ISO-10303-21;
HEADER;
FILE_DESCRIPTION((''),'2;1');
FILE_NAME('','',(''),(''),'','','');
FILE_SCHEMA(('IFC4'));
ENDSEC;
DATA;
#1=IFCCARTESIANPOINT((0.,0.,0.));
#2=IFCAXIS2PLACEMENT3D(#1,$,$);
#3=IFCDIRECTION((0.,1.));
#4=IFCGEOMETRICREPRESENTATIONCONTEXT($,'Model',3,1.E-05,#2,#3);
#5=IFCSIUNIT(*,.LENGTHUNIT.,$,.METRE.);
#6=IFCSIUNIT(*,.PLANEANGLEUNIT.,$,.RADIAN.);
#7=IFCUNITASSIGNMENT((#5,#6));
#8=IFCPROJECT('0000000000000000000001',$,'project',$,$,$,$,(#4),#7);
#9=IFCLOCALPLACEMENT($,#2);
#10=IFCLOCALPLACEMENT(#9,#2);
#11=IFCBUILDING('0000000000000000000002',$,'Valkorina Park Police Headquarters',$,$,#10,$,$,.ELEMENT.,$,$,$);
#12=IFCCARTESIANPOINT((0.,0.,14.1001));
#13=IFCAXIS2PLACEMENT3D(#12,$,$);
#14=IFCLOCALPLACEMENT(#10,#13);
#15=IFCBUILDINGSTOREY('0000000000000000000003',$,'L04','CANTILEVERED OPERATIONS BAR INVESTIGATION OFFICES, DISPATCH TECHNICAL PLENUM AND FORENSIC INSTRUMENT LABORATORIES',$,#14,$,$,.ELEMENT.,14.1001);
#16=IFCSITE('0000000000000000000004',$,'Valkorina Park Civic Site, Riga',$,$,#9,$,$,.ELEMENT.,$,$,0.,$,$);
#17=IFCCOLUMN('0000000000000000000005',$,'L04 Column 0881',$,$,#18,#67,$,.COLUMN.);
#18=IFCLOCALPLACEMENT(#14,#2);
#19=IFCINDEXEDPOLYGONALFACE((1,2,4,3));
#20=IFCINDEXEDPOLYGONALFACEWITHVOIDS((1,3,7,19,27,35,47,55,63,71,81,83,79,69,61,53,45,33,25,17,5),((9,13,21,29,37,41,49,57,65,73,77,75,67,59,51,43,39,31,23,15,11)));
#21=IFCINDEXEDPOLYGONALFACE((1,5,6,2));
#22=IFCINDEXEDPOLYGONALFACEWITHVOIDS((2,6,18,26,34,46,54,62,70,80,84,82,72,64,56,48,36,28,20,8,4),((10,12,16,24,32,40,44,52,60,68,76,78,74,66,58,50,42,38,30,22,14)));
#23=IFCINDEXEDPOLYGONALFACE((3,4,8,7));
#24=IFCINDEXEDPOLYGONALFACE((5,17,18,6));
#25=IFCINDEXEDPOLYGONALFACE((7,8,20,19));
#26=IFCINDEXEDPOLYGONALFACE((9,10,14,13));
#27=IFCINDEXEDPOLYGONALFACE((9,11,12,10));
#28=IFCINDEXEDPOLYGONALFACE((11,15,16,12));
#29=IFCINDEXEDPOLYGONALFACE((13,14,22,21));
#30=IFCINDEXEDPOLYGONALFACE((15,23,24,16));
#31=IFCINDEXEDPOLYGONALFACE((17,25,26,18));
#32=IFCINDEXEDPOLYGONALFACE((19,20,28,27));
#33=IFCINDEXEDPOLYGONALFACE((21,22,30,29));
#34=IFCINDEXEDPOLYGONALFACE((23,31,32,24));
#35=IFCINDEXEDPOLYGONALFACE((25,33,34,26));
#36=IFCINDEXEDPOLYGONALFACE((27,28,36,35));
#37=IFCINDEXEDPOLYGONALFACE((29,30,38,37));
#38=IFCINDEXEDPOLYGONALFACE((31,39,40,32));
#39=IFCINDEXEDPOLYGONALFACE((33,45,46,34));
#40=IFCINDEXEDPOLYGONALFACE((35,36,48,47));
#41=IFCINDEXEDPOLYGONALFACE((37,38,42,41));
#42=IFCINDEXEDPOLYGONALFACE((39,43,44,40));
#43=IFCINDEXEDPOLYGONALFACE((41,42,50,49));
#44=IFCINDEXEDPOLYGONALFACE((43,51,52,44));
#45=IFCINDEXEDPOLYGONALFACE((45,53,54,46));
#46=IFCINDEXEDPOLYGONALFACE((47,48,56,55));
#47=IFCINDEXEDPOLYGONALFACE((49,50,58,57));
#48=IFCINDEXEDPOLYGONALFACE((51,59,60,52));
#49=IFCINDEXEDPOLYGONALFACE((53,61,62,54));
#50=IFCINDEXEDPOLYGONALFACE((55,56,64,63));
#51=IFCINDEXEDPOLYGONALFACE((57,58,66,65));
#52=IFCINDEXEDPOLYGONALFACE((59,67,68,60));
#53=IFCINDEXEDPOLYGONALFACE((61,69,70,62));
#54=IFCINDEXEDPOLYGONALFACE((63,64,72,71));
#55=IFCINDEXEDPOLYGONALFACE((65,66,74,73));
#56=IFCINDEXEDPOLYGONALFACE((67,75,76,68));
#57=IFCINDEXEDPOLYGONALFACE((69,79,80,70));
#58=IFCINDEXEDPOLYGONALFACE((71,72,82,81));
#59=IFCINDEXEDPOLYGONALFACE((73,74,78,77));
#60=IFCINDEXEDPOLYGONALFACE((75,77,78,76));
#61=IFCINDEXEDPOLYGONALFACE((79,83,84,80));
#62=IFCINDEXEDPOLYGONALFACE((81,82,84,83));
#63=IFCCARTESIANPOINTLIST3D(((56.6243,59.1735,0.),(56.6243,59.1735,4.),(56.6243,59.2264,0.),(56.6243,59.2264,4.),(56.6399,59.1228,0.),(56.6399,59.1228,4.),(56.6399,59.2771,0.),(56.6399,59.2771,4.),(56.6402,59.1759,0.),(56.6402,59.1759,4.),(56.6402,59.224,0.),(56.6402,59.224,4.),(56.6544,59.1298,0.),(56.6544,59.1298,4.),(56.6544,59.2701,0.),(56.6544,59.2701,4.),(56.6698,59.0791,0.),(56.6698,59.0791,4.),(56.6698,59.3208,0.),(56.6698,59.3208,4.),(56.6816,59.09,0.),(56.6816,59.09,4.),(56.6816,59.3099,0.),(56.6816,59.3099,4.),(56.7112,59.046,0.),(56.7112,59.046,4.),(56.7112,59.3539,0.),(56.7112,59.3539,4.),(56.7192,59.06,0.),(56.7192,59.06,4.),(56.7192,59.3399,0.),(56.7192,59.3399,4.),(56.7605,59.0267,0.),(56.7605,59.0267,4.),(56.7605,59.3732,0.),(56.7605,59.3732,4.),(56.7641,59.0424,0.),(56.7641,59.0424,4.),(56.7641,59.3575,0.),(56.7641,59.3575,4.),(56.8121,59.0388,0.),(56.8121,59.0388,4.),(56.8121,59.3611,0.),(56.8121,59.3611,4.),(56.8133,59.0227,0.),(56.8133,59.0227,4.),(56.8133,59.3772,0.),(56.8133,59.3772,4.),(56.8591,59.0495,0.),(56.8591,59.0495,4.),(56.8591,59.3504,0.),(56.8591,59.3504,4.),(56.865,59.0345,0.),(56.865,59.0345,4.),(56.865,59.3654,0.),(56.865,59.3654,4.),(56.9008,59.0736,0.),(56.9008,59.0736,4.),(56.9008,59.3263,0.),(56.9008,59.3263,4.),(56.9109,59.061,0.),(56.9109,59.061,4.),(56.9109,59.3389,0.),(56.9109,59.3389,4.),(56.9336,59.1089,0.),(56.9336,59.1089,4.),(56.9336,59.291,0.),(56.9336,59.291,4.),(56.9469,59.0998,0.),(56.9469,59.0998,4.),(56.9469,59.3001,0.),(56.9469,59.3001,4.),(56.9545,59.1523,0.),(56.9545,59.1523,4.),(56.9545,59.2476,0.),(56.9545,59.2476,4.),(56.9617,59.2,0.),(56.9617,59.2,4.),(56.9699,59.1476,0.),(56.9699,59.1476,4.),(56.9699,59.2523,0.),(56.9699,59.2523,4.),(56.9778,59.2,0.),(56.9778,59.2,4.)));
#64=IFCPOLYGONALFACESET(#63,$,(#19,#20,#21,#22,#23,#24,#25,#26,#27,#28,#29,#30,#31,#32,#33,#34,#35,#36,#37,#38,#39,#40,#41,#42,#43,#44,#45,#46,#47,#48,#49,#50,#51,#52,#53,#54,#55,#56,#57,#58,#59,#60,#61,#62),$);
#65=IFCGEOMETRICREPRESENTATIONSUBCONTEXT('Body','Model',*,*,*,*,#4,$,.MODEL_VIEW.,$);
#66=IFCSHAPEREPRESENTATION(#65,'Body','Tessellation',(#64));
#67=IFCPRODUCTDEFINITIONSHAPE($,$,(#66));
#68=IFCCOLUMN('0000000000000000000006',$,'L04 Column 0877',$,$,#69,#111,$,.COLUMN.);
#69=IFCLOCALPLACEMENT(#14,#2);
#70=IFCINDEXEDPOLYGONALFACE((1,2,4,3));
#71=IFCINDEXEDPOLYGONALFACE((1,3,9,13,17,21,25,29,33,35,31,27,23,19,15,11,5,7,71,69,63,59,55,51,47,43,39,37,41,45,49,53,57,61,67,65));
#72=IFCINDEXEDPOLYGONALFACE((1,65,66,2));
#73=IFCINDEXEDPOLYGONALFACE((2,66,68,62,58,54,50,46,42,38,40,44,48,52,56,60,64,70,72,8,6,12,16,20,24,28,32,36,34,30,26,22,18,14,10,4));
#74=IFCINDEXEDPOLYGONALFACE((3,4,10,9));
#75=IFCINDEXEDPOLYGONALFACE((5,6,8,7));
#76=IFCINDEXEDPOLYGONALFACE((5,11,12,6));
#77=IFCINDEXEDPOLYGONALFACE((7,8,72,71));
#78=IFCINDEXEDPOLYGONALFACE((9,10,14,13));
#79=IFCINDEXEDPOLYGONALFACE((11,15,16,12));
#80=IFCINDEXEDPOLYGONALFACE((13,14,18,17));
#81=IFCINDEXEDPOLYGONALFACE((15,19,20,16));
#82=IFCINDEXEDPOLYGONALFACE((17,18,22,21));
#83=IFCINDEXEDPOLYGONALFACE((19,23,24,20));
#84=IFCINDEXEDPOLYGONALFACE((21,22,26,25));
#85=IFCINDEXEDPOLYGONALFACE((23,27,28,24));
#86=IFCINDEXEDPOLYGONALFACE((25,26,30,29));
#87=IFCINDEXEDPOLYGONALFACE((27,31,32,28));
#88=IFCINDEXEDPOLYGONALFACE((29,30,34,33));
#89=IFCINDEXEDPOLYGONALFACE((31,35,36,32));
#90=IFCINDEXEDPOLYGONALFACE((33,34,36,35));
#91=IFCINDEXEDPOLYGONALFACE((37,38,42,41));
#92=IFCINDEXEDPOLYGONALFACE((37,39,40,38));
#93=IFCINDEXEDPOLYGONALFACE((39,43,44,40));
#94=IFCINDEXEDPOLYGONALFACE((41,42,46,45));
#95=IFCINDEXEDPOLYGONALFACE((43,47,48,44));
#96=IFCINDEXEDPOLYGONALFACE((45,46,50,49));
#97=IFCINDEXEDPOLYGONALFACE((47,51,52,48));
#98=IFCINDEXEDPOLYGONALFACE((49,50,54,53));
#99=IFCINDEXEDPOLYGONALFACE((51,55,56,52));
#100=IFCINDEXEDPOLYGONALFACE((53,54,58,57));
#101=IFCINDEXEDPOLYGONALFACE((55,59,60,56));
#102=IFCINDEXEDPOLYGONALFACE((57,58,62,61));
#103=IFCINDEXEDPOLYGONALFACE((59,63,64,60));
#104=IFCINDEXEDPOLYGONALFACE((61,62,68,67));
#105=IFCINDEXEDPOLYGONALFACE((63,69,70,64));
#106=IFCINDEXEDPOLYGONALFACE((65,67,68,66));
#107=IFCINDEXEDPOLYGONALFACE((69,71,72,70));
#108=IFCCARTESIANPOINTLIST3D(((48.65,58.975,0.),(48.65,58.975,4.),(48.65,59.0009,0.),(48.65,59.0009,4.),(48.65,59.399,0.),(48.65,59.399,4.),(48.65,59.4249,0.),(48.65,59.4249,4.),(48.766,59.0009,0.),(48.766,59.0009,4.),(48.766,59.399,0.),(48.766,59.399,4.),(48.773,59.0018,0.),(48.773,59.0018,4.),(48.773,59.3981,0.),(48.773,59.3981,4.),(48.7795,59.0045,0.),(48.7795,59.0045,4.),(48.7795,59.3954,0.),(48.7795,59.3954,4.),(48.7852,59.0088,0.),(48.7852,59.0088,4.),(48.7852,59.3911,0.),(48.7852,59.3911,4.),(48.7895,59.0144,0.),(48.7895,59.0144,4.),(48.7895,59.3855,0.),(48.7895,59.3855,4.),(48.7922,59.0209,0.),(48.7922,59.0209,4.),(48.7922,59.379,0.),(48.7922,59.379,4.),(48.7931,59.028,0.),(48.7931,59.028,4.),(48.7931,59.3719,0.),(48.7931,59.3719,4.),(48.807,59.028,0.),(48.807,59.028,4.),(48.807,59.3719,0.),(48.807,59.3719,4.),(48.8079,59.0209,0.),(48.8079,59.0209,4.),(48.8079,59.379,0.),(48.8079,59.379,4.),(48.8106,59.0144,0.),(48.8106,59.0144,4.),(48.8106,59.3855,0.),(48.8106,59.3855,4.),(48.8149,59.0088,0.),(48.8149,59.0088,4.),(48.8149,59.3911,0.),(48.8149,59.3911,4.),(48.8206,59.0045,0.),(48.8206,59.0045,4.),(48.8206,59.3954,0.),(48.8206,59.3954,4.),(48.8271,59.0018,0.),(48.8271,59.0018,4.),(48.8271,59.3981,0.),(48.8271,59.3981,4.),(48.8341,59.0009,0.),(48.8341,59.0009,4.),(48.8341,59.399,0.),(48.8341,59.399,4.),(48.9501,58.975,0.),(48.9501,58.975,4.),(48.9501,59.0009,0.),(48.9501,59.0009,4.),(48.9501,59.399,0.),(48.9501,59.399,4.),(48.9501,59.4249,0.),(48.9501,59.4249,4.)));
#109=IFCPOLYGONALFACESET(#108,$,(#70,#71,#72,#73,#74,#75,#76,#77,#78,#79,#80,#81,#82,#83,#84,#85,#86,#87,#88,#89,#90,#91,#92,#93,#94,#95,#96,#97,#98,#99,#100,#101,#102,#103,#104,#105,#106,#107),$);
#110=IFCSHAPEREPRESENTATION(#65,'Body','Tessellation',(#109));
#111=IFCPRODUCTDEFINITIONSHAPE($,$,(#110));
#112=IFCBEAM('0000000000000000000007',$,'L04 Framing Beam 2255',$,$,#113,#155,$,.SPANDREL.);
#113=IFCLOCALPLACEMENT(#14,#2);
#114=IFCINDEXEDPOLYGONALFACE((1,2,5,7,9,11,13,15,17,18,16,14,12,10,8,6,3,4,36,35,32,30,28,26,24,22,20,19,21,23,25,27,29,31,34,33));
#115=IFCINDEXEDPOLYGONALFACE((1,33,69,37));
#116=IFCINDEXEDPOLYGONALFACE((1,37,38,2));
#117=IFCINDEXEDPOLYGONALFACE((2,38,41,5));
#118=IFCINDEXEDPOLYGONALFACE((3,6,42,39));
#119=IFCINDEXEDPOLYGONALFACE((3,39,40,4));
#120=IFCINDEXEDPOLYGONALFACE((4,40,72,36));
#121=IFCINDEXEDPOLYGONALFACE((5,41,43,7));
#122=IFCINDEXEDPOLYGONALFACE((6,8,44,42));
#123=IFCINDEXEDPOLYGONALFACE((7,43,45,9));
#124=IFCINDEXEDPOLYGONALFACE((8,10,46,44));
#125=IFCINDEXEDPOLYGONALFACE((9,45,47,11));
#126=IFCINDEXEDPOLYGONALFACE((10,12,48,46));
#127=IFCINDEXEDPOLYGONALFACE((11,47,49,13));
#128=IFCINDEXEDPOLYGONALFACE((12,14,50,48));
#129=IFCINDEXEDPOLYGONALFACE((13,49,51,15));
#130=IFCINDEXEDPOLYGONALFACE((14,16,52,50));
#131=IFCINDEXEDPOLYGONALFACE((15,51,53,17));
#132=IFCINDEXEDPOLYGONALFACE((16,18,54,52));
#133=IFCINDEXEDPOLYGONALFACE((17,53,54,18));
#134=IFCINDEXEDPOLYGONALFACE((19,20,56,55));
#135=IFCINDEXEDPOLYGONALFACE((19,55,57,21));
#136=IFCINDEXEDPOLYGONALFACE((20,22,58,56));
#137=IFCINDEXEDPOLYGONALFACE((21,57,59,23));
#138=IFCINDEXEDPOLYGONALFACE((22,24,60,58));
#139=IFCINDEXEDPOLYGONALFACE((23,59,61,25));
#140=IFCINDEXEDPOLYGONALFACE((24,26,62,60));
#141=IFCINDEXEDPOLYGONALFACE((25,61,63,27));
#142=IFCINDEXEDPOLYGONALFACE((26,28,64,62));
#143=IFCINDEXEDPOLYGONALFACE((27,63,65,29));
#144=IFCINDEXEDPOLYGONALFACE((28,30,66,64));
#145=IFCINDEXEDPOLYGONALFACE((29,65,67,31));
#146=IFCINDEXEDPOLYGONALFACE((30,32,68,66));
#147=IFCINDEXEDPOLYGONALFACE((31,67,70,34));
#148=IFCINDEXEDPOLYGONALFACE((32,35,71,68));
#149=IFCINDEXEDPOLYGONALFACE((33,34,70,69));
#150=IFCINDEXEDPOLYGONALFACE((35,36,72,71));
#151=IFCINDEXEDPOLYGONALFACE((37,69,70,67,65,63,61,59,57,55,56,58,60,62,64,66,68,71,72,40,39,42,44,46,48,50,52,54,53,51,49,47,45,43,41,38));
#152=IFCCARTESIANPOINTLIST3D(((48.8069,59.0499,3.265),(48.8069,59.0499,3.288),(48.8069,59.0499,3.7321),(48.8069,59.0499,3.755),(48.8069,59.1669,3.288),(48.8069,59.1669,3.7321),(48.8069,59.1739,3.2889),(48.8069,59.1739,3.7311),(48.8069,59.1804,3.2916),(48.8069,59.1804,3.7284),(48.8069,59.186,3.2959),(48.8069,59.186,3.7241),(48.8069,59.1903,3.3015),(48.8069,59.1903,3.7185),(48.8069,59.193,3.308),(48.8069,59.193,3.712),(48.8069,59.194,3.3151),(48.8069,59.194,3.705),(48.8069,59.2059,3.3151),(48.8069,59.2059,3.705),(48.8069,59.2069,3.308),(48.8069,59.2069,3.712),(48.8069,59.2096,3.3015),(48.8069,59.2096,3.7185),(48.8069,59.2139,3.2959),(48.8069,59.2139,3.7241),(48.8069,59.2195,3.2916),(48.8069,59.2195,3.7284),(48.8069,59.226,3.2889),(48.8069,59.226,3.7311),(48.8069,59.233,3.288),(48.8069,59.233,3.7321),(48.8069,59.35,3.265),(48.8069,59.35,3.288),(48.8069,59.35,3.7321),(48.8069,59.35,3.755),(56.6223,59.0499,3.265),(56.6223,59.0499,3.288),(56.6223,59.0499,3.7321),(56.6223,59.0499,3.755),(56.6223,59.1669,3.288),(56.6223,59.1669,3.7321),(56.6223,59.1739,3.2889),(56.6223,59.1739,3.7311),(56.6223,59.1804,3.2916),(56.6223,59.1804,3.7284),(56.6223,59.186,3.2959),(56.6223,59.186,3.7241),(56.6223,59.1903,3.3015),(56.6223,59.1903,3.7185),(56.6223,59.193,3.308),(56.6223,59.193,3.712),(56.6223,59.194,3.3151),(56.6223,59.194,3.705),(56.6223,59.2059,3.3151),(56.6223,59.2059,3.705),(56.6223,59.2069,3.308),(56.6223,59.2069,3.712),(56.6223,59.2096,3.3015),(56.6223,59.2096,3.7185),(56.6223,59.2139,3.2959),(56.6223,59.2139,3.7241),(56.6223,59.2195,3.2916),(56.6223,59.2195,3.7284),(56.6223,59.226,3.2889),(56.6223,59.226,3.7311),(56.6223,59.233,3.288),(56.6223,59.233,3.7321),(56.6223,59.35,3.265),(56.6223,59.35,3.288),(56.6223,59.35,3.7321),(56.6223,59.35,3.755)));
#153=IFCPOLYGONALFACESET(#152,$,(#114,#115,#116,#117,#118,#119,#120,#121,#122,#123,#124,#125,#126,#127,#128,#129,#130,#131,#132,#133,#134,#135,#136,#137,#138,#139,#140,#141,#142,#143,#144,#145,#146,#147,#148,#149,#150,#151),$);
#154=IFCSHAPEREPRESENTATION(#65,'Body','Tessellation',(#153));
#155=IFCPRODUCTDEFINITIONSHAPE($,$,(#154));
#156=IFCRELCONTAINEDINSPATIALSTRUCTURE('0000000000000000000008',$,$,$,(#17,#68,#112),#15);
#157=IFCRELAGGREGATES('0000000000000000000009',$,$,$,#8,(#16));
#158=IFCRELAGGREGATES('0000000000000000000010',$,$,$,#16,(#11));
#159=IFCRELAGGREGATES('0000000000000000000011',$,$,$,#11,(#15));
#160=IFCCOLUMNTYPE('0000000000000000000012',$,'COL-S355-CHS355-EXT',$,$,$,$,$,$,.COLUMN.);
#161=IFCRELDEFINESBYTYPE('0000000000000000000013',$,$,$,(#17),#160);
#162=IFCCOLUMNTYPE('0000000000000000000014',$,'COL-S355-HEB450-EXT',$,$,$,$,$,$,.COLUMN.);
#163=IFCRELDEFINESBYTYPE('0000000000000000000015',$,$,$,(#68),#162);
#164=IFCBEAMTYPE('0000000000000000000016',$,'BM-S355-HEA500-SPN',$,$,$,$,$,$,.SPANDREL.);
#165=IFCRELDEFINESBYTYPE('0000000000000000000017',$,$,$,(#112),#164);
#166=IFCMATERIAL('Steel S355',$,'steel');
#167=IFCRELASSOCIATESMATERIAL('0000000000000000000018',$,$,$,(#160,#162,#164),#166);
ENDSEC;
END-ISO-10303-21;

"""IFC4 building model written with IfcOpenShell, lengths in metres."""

from ifc_helpers import new_model, si_unit, direction, frame, origin, origin_2d, place, context, subcontext, project, spatial, hollow_circle, i_section, extrude, material, material_profile, profile_set, type_object, element, save


model = new_model("IFC4")

# Units and contexts
model_context = context("Model", 3, precision=1e-05, world=origin(), true_north=direction((0.0, 1.0)))
body_context = subcontext(model_context, "Body", "Model", "MODEL_VIEW")
ifc_project = project(units=[si_unit("LENGTHUNIT", "METRE"), si_unit("PLANEANGLEUNIT", "RADIAN")], contexts=[model_context])

# Site, building, storey
site_placement = place(None, origin())
site = spatial("IfcSite", under=ifc_project, at=site_placement, Name="Valkorina Park Civic Site, Riga", CompositionType="ELEMENT", RefElevation=0.0)
building_placement = place(site_placement, origin())
building = spatial("IfcBuilding", under=site, at=building_placement, Name="Valkorina Park Police Headquarters", CompositionType="ELEMENT")
storey_placement = place(building_placement, frame((0.0, 0.0, 14.1001)))
storey = spatial("IfcBuildingStorey", under=building, at=storey_placement, Name="L04", Description="CANTILEVERED OPERATIONS BAR INVESTIGATION OFFICES, DISPATCH TECHNICAL PLENUM AND FORENSIC INSTRUMENT LABORATORIES", CompositionType="ELEMENT", Elevation=14.1001)

# Columns
ifc_material_1 = material(Name="Steel S355", Category="steel")
ifc_material_profile_1 = material_profile(ifc_material_1, hollow_circle(Radius=0.1777, WallThickness=0.0161, at=origin_2d()), Name="CHS 355.6x16")
ifc_profile_set_1 = profile_set([ifc_material_profile_1], Name="Steel S355")
column_type_1 = type_object("IfcColumnType", Name="COL-S355-CHS355-EXT", PredefinedType="COLUMN", material=ifc_profile_set_1)
column_1_placement = place(storey_placement, frame((56.8, 59.2, 0.0), z_axis=(0.0, 0.0, 1.0), x_axis=(1.0, 0.0, 0.0)))
element("IfcColumn", 1, at=column_1_placement, inside=storey, type_object=column_type_1, Name="L04 Column 0881", PredefinedType="COLUMN", context=body_context, shape_type="SweptSolid", body=[
    extrude(hollow_circle(Radius=0.1777, WallThickness=0.0161, at=origin_2d()), origin(), (0.0, 0.0, 1.0), 4.0),
])
ifc_material_profile_2 = material_profile(ifc_material_1, i_section(OverallWidth=0.3, OverallDepth=0.45, WebThickness=0.0139, FlangeThickness=0.0259, FilletRadius=0.0271, at=origin_2d()), Name="HEB 450")
ifc_profile_set_2 = profile_set([ifc_material_profile_2], Name="Steel S355")
column_type_2 = type_object("IfcColumnType", Name="COL-S355-HEB450-EXT", PredefinedType="COLUMN", material=ifc_profile_set_2)
column_2_placement = place(storey_placement, frame((48.8, 59.2, 0.0), z_axis=(0.0, 0.0, 1.0), x_axis=(1.0, 0.0, 0.0)))
element("IfcColumn", 2, at=column_2_placement, inside=storey, type_object=column_type_2, Name="L04 Column 0877", PredefinedType="COLUMN", context=body_context, shape_type="SweptSolid", body=[
    extrude(i_section(OverallWidth=0.3, OverallDepth=0.45, WebThickness=0.0139, FlangeThickness=0.0259, FilletRadius=0.0271, at=origin_2d()), origin(), (0.0, 0.0, 1.0), 4.0),
])

# Beam
ifc_material_profile_3 = material_profile(ifc_material_1, i_section(OverallWidth=0.3, OverallDepth=0.49, WebThickness=0.012, FlangeThickness=0.0229, FilletRadius=0.0271, at=origin_2d()), Name="HEA 500")
ifc_profile_set_3 = profile_set([ifc_material_profile_3], Name="Steel S355")
beam_type = type_object("IfcBeamType", Name="BM-S355-HEA500-SPN", PredefinedType="SPANDREL", material=ifc_profile_set_3)
beam_1_placement = place(storey_placement, frame((48.8069, 59.2, 3.51), z_axis=(1.0, 0.0, 0.0), x_axis=(0.0, 1.0, 0.0)))
element("IfcBeam", 3, at=beam_1_placement, inside=storey, type_object=beam_type, Name="L04 Framing Beam 2255", PredefinedType="SPANDREL", context=body_context, shape_type="SweptSolid", body=[
    extrude(i_section(OverallWidth=0.3, OverallDepth=0.49, WebThickness=0.012, FlangeThickness=0.0229, FilletRadius=0.0271, at=origin_2d()), origin(), (0.0, 0.0, 1.0), 7.8154),
])

save(model, "model.ifc")
